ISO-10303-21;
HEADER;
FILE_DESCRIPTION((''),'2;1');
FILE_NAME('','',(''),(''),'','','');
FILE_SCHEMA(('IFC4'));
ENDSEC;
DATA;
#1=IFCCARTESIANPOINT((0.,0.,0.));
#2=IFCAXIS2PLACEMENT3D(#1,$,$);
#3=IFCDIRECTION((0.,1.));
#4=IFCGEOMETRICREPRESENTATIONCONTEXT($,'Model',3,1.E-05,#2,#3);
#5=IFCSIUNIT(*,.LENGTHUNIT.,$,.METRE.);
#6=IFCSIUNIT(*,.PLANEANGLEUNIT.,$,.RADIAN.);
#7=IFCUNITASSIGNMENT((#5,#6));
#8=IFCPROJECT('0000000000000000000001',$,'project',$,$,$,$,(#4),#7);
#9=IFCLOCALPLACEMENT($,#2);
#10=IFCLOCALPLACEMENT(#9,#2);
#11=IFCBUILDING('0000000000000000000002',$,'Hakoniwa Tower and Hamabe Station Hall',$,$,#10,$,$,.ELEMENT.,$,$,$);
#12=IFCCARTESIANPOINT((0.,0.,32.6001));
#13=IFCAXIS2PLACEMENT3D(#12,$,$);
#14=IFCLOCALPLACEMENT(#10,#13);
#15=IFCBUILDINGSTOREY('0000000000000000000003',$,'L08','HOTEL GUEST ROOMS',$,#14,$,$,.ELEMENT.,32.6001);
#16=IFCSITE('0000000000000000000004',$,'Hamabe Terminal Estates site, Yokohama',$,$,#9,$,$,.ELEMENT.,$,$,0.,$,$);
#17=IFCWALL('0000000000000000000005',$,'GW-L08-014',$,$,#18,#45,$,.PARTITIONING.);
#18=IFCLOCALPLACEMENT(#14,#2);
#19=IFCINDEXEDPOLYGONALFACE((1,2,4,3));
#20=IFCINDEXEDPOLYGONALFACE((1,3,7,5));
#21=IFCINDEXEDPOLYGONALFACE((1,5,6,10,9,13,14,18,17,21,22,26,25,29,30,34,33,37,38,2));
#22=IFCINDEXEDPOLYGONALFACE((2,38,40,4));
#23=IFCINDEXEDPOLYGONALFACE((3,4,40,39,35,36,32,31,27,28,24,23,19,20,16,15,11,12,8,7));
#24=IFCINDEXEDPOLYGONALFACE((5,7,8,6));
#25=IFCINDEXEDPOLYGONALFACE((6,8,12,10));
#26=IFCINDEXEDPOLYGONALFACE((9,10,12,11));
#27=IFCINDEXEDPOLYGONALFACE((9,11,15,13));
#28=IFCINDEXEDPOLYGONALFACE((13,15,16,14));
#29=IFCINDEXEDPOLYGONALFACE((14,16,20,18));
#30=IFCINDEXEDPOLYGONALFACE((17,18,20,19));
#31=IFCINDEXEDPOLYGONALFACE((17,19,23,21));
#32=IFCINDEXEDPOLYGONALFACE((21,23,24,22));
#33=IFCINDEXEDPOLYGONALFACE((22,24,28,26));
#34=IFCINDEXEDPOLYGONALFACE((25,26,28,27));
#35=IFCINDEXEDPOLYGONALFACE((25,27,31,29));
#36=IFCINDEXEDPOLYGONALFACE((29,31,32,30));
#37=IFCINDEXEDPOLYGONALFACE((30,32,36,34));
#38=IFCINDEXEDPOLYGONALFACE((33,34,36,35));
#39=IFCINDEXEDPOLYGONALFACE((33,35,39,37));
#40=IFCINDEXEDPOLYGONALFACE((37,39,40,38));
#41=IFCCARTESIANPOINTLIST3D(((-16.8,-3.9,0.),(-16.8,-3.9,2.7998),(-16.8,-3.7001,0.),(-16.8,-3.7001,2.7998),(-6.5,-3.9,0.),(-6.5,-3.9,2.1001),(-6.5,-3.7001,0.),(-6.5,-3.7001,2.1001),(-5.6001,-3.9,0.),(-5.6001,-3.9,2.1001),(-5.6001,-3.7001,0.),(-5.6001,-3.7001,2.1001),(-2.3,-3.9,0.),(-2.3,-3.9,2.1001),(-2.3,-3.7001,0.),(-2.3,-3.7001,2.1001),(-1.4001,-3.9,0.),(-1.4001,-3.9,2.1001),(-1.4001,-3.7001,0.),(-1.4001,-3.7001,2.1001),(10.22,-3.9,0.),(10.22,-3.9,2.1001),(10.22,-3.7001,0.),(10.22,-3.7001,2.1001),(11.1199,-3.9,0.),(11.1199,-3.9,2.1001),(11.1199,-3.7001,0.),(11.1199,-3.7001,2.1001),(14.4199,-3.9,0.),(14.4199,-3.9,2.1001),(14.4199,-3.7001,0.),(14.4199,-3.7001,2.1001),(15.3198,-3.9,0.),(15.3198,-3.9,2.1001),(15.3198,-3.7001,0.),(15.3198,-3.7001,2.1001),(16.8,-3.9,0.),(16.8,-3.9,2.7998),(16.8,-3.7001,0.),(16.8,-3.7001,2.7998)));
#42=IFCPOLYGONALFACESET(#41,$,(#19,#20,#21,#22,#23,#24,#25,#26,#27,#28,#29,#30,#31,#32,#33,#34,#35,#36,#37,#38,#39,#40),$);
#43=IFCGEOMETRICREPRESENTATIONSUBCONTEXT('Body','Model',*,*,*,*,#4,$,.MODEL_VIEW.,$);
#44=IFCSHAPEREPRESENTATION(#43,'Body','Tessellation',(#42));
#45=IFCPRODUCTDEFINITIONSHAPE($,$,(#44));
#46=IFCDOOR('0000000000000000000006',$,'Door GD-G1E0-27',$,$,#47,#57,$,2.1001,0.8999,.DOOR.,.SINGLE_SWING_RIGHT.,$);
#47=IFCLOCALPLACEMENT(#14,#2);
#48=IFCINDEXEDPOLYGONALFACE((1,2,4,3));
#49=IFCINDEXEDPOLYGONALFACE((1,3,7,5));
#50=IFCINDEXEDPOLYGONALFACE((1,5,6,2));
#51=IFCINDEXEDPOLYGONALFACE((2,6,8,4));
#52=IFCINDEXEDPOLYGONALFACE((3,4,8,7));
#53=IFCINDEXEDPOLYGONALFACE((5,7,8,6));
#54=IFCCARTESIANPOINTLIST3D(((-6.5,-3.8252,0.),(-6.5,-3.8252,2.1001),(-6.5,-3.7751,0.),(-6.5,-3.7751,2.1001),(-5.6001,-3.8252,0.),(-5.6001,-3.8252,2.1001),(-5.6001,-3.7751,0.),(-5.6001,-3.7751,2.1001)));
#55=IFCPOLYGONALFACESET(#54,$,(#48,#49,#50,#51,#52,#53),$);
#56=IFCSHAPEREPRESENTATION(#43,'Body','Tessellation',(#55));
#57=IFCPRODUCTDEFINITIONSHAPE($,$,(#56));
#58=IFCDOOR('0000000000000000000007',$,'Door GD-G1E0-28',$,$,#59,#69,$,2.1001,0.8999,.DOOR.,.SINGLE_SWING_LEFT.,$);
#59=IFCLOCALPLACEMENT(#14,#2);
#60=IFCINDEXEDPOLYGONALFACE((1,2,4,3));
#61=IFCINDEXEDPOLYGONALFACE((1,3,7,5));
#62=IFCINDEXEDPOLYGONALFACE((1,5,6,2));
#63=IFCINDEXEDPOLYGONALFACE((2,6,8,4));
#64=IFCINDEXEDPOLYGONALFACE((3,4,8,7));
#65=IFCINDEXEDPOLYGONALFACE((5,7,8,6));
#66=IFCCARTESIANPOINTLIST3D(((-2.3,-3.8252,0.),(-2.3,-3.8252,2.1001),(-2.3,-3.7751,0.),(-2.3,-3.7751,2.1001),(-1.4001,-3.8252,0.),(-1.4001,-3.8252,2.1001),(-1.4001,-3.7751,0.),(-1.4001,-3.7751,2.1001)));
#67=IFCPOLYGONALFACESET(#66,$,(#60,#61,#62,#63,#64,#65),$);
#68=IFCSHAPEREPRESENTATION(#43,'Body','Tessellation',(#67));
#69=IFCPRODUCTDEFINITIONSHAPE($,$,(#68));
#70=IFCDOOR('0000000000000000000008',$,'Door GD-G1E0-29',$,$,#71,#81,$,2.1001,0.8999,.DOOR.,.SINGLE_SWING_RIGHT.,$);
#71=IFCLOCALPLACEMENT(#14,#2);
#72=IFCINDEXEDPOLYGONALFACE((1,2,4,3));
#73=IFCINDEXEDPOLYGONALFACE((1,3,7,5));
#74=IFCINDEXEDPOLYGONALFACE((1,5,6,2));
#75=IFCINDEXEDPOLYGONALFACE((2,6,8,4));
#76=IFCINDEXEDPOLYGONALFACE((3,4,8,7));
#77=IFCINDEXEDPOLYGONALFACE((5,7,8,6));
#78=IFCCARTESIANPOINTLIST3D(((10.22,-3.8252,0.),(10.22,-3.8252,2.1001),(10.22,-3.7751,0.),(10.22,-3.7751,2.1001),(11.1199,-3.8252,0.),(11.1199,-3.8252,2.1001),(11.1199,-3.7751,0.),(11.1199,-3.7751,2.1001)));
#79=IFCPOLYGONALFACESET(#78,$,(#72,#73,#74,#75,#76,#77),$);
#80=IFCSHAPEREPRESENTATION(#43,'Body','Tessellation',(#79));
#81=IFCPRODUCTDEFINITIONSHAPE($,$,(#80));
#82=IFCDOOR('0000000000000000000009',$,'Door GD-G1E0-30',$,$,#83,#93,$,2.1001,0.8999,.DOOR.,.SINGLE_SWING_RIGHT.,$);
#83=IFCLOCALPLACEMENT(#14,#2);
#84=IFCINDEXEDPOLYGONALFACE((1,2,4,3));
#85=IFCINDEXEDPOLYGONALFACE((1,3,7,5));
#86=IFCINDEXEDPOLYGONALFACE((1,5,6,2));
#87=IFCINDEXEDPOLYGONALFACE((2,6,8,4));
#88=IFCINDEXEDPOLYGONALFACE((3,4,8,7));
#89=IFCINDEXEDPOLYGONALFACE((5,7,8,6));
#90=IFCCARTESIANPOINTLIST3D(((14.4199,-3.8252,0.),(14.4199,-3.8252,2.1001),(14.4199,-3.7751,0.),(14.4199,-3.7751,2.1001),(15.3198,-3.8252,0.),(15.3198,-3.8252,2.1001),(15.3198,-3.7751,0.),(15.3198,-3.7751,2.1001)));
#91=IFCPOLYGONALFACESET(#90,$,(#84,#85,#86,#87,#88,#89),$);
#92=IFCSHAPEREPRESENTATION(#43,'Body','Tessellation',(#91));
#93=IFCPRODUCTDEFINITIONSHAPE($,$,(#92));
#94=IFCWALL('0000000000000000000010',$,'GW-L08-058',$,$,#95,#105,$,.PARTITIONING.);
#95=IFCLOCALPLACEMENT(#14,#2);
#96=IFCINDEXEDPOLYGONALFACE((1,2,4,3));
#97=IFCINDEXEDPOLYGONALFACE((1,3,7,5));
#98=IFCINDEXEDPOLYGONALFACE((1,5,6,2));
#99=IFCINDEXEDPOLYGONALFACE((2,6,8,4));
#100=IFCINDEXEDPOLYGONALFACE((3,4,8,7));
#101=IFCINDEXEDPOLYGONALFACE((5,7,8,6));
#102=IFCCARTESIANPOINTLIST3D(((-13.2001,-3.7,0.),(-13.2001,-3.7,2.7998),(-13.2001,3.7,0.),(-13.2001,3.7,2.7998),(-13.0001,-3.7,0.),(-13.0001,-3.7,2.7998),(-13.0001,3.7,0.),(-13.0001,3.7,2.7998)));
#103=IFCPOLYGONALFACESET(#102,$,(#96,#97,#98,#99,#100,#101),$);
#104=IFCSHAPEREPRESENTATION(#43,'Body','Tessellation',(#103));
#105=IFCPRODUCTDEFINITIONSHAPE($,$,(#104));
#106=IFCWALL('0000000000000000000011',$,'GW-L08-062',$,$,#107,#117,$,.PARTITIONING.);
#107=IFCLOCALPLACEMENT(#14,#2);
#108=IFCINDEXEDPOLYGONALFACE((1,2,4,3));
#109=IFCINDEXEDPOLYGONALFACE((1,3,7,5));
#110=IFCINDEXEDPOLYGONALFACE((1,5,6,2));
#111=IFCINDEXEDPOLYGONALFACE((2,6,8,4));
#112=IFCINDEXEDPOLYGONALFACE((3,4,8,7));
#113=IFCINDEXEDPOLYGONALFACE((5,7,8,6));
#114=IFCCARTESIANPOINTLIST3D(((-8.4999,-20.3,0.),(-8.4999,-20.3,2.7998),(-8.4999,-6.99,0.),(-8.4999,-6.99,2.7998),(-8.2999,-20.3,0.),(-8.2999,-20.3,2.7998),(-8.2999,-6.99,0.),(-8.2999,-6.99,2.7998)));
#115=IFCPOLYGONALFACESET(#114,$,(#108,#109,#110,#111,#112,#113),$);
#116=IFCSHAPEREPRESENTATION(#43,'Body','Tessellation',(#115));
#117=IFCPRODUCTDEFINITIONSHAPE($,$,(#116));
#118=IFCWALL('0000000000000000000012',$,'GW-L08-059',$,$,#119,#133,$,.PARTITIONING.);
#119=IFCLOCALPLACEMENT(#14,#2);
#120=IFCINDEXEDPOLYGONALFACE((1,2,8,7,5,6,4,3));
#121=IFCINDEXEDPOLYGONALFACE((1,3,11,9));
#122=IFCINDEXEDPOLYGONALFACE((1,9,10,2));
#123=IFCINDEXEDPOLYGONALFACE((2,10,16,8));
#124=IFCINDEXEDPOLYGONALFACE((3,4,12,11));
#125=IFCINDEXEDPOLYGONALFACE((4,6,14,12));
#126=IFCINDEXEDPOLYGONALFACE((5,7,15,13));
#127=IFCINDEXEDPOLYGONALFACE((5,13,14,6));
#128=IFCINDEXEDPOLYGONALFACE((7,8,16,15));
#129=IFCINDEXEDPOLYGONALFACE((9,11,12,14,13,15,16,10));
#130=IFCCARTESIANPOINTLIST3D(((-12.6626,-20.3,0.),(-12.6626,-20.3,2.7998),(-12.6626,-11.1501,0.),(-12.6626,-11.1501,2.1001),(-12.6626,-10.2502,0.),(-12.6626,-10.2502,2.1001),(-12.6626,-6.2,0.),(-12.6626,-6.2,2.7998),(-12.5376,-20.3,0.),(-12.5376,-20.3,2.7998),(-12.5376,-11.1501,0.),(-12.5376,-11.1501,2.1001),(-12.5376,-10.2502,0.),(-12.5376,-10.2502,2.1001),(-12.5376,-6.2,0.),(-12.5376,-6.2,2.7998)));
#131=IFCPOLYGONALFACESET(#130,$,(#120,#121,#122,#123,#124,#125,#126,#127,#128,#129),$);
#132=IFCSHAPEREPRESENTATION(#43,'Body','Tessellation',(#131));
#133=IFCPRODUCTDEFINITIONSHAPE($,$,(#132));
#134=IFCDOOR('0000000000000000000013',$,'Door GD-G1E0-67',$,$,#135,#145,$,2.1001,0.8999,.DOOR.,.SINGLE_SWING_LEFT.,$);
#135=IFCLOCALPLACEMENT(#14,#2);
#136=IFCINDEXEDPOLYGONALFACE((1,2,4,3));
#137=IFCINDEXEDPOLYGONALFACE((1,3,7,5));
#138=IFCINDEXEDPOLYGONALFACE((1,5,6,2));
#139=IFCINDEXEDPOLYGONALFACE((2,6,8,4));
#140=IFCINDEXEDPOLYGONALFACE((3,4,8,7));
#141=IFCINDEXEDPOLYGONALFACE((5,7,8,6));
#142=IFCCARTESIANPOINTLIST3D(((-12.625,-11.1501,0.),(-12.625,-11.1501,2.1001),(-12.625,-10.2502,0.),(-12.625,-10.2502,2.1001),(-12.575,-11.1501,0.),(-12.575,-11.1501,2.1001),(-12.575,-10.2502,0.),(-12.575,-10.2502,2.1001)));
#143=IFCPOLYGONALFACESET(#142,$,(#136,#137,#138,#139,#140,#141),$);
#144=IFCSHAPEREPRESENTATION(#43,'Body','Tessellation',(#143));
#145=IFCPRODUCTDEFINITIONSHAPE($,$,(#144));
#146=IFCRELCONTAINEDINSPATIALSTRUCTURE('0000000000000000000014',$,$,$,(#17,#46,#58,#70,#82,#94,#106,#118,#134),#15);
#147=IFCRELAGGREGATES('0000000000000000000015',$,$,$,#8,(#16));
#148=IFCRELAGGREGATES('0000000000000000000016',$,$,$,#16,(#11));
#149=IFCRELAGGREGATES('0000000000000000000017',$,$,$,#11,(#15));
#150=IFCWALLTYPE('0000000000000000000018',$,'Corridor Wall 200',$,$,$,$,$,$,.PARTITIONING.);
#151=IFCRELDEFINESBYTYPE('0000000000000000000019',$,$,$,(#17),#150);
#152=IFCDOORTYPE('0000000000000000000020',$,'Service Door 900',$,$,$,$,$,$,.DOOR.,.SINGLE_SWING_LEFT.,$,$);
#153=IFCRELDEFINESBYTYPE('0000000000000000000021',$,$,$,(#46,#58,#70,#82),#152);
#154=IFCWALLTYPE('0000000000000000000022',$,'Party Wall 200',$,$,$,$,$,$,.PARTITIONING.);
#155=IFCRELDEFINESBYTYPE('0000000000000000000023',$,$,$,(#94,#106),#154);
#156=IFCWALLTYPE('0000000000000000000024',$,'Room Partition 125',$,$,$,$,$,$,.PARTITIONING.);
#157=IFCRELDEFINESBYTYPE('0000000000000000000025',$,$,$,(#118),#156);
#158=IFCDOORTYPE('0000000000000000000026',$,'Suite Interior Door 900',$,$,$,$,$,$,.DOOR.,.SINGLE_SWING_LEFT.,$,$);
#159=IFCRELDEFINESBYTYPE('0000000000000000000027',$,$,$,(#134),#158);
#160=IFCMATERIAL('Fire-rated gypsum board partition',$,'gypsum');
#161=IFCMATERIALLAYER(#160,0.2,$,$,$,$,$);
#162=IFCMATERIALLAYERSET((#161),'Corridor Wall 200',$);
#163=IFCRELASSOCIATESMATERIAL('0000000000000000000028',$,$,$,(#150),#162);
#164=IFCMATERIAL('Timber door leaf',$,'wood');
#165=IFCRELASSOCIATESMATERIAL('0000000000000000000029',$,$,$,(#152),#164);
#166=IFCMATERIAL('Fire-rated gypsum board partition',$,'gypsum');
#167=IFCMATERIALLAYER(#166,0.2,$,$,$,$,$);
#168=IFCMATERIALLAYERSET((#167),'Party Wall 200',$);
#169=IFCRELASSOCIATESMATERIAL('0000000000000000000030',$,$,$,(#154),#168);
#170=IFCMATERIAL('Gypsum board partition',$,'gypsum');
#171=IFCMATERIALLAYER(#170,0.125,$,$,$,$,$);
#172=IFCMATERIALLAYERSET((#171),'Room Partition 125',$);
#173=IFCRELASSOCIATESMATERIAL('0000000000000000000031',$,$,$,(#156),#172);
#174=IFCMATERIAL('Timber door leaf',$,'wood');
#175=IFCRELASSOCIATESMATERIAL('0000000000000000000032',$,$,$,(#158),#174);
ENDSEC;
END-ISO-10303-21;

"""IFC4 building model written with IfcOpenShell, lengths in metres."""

from ifc_helpers import new_model, si_unit, direction, frame, frame_2d, origin, place, context, subcontext, project, spatial, rectangle, extrude, material, layer, layer_set, type_object, element, fill, save


model = new_model("IFC4")

# Units and contexts
model_context = context("Model", 3, precision=1e-05, world=origin(), true_north=direction((0.0, 1.0)))
body_context = subcontext(model_context, "Body", "Model", "MODEL_VIEW")
ifc_project = project(units=[si_unit("LENGTHUNIT", "METRE"), si_unit("PLANEANGLEUNIT", "RADIAN")], contexts=[model_context])

# Site, building, storey
site_placement = place(None, origin())
site = spatial("IfcSite", under=ifc_project, at=site_placement, Name="Hamabe Terminal Estates site, Yokohama", CompositionType="ELEMENT", RefElevation=0.0)
building_placement = place(site_placement, origin())
building = spatial("IfcBuilding", under=site, at=building_placement, Name="Hakoniwa Tower and Hamabe Station Hall", CompositionType="ELEMENT")
storey_placement = place(building_placement, frame((0.0, 0.0, 32.6001)))
storey = spatial("IfcBuildingStorey", under=building, at=storey_placement, Name="L08", Description="HOTEL GUEST ROOMS", CompositionType="ELEMENT", Elevation=32.6001)

# Wall, openings, doors
ifc_material_1 = material(Name="Fire-rated gypsum board partition", Category="gypsum")
ifc_layer_1 = layer(ifc_material_1, 0.2)
ifc_layer_set_1 = layer_set([ifc_layer_1], Name="Corridor Wall 200")
wall_type_1 = type_object("IfcWallType", Name="Corridor Wall 200", PredefinedType="PARTITIONING", material=ifc_layer_set_1)
wall_1_placement = place(storey_placement, frame((-16.8, -3.8, 0.0), z_axis=(0.0, 0.0, 1.0), x_axis=(1.0, 0.0, 0.0)))
wall_1 = element("IfcWall", 1, at=wall_1_placement, inside=storey, type_object=wall_type_1, Name="GW-L08-014", PredefinedType="PARTITIONING", context=body_context, shape_type="SweptSolid", body=[
    extrude(rectangle(XDim=33.6001, YDim=0.2, at=frame_2d((16.8, 0.0))), origin(), (0.0, 0.0, 1.0), 2.7998),
])
opening_1_placement = place(wall_1_placement, frame((10.3, 0.0, 0.0)))
opening_1 = element("IfcOpeningElement", 2, at=opening_1_placement, cuts=wall_1, PredefinedType="OPENING", context=body_context, shape_type="SweptSolid", body=[
    extrude(rectangle(XDim=0.8999, YDim=2.1001, at=frame_2d((0.45, 1.05))), frame((0.0, 0.1099, 0.0), z_axis=(0.0, -1.0, 0.0), x_axis=(1.0, 0.0, 0.0)), (0.0, 0.0, 1.0), 0.22),
])
opening_2_placement = place(wall_1_placement, frame((14.5, 0.0, 0.0)))
opening_2 = element("IfcOpeningElement", 3, at=opening_2_placement, cuts=wall_1, PredefinedType="OPENING", context=body_context, shape_type="SweptSolid", body=[
    extrude(rectangle(XDim=0.8999, YDim=2.1001, at=frame_2d((0.45, 1.05))), frame((0.0, 0.1099, 0.0), z_axis=(0.0, -1.0, 0.0), x_axis=(1.0, 0.0, 0.0)), (0.0, 0.0, 1.0), 0.22),
])
opening_3_placement = place(wall_1_placement, frame((27.02, 0.0, 0.0)))
opening_3 = element("IfcOpeningElement", 4, at=opening_3_placement, cuts=wall_1, PredefinedType="OPENING", context=body_context, shape_type="SweptSolid", body=[
    extrude(rectangle(XDim=0.8999, YDim=2.1001, at=frame_2d((0.45, 1.05))), frame((0.0, 0.1099, 0.0), z_axis=(0.0, -1.0, 0.0), x_axis=(1.0, 0.0, 0.0)), (0.0, 0.0, 1.0), 0.22),
])
opening_4_placement = place(wall_1_placement, frame((31.22, 0.0, 0.0)))
opening_4 = element("IfcOpeningElement", 5, at=opening_4_placement, cuts=wall_1, PredefinedType="OPENING", context=body_context, shape_type="SweptSolid", body=[
    extrude(rectangle(XDim=0.8999, YDim=2.1001, at=frame_2d((0.45, 1.05))), frame((0.0, 0.1099, 0.0), z_axis=(0.0, -1.0, 0.0), x_axis=(1.0, 0.0, 0.0)), (0.0, 0.0, 1.0), 0.22),
])
ifc_material_2 = material(Name="Timber door leaf", Category="wood")
door_type_1 = type_object("IfcDoorType", Name="Service Door 900", OperationType="SINGLE_SWING_LEFT", PredefinedType="DOOR", material=ifc_material_2)
door_1_placement = place(opening_1_placement, origin())
door_1 = element("IfcDoor", 6, at=door_1_placement, inside=storey, type_object=door_type_1, Name="Door GD-G1E0-27", OperationType="SINGLE_SWING_RIGHT", OverallHeight=2.1001, OverallWidth=0.8999, PredefinedType="DOOR", context=body_context, shape_type="SweptSolid", body=[
    extrude(rectangle(XDim=0.8999, YDim=2.1001, at=frame_2d((0.45, 1.05))), frame((0.0, 0.0249, 0.0), z_axis=(0.0, -1.0, 0.0), x_axis=(1.0, 0.0, 0.0)), (0.0, 0.0, 1.0), 0.05),
])
fill(opening_1, door_1)
door_2_placement = place(opening_2_placement, origin())
door_2 = element("IfcDoor", 7, at=door_2_placement, inside=storey, type_object=door_type_1, Name="Door GD-G1E0-28", OperationType="SINGLE_SWING_LEFT", OverallHeight=2.1001, OverallWidth=0.8999, PredefinedType="DOOR", context=body_context, shape_type="SweptSolid", body=[
    extrude(rectangle(XDim=0.8999, YDim=2.1001, at=frame_2d((0.45, 1.05))), frame((0.0, 0.0249, 0.0), z_axis=(0.0, -1.0, 0.0), x_axis=(1.0, 0.0, 0.0)), (0.0, 0.0, 1.0), 0.05),
])
fill(opening_2, door_2)
door_3_placement = place(opening_3_placement, origin())
door_3 = element("IfcDoor", 8, at=door_3_placement, inside=storey, type_object=door_type_1, Name="Door GD-G1E0-29", OperationType="SINGLE_SWING_RIGHT", OverallHeight=2.1001, OverallWidth=0.8999, PredefinedType="DOOR", context=body_context, shape_type="SweptSolid", body=[
    extrude(rectangle(XDim=0.8999, YDim=2.1001, at=frame_2d((0.45, 1.05))), frame((0.0, 0.0249, 0.0), z_axis=(0.0, -1.0, 0.0), x_axis=(1.0, 0.0, 0.0)), (0.0, 0.0, 1.0), 0.05),
])
fill(opening_3, door_3)
door_4_placement = place(opening_4_placement, origin())
door_4 = element("IfcDoor", 9, at=door_4_placement, inside=storey, type_object=door_type_1, Name="Door GD-G1E0-30", OperationType="SINGLE_SWING_RIGHT", OverallHeight=2.1001, OverallWidth=0.8999, PredefinedType="DOOR", context=body_context, shape_type="SweptSolid", body=[
    extrude(rectangle(XDim=0.8999, YDim=2.1001, at=frame_2d((0.45, 1.05))), frame((0.0, 0.0249, 0.0), z_axis=(0.0, -1.0, 0.0), x_axis=(1.0, 0.0, 0.0)), (0.0, 0.0, 1.0), 0.05),
])
fill(opening_4, door_4)

# Walls
ifc_material_3 = material(Name="Fire-rated gypsum board partition", Category="gypsum")
ifc_layer_2 = layer(ifc_material_3, 0.2)
ifc_layer_set_2 = layer_set([ifc_layer_2], Name="Party Wall 200")
wall_type_2 = type_object("IfcWallType", Name="Party Wall 200", PredefinedType="PARTITIONING", material=ifc_layer_set_2)
wall_2_placement = place(storey_placement, frame((-13.1001, -3.7, 0.0), z_axis=(0.0, 0.0, 1.0), x_axis=(0.0, 1.0, 0.0)))
element("IfcWall", 10, at=wall_2_placement, inside=storey, type_object=wall_type_2, Name="GW-L08-058", PredefinedType="PARTITIONING", context=body_context, shape_type="SweptSolid", body=[
    extrude(rectangle(XDim=7.3999, YDim=0.2, at=frame_2d((3.7, 0.0))), origin(), (0.0, 0.0, 1.0), 2.7998),
])
wall_3_placement = place(storey_placement, frame((-8.3999, -20.3, 0.0), z_axis=(0.0, 0.0, 1.0), x_axis=(0.0, 1.0, 0.0)))
element("IfcWall", 11, at=wall_3_placement, inside=storey, type_object=wall_type_2, Name="GW-L08-062", PredefinedType="PARTITIONING", context=body_context, shape_type="SweptSolid", body=[
    extrude(rectangle(XDim=13.3101, YDim=0.2, at=frame_2d((6.655, 0.0))), origin(), (0.0, 0.0, 1.0), 2.7998),
])

# Wall, opening, door
ifc_material_4 = material(Name="Gypsum board partition", Category="gypsum")
ifc_layer_3 = layer(ifc_material_4, 0.125)
ifc_layer_set_3 = layer_set([ifc_layer_3], Name="Room Partition 125")
wall_type_3 = type_object("IfcWallType", Name="Room Partition 125", PredefinedType="PARTITIONING", material=ifc_layer_set_3)
wall_4_placement = place(storey_placement, frame((-12.6001, -20.3, 0.0), z_axis=(0.0, 0.0, 1.0), x_axis=(0.0, 1.0, 0.0)))
wall_4 = element("IfcWall", 12, at=wall_4_placement, inside=storey, type_object=wall_type_3, Name="GW-L08-059", PredefinedType="PARTITIONING", context=body_context, shape_type="SweptSolid", body=[
    extrude(rectangle(XDim=14.1001, YDim=0.125, at=frame_2d((7.05, 0.0))), origin(), (0.0, 0.0, 1.0), 2.7998),
])
opening_5_placement = place(wall_4_placement, frame((9.1499, 0.0, 0.0)))
opening_5 = element("IfcOpeningElement", 13, at=opening_5_placement, cuts=wall_4, PredefinedType="OPENING", context=body_context, shape_type="SweptSolid", body=[
    extrude(rectangle(XDim=0.8999, YDim=2.1001, at=frame_2d((0.45, 1.05))), frame((0.0, 0.0725, 0.0), z_axis=(0.0, -1.0, 0.0), x_axis=(1.0, 0.0, 0.0)), (0.0, 0.0, 1.0), 0.145),
])
ifc_material_5 = material(Name="Timber door leaf", Category="wood")
door_type_2 = type_object("IfcDoorType", Name="Suite Interior Door 900", OperationType="SINGLE_SWING_LEFT", PredefinedType="DOOR", material=ifc_material_5)
door_5_placement = place(opening_5_placement, origin())
door_5 = element("IfcDoor", 14, at=door_5_placement, inside=storey, type_object=door_type_2, Name="Door GD-G1E0-67", OperationType="SINGLE_SWING_LEFT", OverallHeight=2.1001, OverallWidth=0.8999, PredefinedType="DOOR", context=body_context, shape_type="SweptSolid", body=[
    extrude(rectangle(XDim=0.8999, YDim=2.1001, at=frame_2d((0.45, 1.05))), frame((0.0, 0.0249, 0.0), z_axis=(0.0, -1.0, 0.0), x_axis=(1.0, 0.0, 0.0)), (0.0, 0.0, 1.0), 0.05),
])
fill(opening_5, door_5)

save(model, "model.ifc")
